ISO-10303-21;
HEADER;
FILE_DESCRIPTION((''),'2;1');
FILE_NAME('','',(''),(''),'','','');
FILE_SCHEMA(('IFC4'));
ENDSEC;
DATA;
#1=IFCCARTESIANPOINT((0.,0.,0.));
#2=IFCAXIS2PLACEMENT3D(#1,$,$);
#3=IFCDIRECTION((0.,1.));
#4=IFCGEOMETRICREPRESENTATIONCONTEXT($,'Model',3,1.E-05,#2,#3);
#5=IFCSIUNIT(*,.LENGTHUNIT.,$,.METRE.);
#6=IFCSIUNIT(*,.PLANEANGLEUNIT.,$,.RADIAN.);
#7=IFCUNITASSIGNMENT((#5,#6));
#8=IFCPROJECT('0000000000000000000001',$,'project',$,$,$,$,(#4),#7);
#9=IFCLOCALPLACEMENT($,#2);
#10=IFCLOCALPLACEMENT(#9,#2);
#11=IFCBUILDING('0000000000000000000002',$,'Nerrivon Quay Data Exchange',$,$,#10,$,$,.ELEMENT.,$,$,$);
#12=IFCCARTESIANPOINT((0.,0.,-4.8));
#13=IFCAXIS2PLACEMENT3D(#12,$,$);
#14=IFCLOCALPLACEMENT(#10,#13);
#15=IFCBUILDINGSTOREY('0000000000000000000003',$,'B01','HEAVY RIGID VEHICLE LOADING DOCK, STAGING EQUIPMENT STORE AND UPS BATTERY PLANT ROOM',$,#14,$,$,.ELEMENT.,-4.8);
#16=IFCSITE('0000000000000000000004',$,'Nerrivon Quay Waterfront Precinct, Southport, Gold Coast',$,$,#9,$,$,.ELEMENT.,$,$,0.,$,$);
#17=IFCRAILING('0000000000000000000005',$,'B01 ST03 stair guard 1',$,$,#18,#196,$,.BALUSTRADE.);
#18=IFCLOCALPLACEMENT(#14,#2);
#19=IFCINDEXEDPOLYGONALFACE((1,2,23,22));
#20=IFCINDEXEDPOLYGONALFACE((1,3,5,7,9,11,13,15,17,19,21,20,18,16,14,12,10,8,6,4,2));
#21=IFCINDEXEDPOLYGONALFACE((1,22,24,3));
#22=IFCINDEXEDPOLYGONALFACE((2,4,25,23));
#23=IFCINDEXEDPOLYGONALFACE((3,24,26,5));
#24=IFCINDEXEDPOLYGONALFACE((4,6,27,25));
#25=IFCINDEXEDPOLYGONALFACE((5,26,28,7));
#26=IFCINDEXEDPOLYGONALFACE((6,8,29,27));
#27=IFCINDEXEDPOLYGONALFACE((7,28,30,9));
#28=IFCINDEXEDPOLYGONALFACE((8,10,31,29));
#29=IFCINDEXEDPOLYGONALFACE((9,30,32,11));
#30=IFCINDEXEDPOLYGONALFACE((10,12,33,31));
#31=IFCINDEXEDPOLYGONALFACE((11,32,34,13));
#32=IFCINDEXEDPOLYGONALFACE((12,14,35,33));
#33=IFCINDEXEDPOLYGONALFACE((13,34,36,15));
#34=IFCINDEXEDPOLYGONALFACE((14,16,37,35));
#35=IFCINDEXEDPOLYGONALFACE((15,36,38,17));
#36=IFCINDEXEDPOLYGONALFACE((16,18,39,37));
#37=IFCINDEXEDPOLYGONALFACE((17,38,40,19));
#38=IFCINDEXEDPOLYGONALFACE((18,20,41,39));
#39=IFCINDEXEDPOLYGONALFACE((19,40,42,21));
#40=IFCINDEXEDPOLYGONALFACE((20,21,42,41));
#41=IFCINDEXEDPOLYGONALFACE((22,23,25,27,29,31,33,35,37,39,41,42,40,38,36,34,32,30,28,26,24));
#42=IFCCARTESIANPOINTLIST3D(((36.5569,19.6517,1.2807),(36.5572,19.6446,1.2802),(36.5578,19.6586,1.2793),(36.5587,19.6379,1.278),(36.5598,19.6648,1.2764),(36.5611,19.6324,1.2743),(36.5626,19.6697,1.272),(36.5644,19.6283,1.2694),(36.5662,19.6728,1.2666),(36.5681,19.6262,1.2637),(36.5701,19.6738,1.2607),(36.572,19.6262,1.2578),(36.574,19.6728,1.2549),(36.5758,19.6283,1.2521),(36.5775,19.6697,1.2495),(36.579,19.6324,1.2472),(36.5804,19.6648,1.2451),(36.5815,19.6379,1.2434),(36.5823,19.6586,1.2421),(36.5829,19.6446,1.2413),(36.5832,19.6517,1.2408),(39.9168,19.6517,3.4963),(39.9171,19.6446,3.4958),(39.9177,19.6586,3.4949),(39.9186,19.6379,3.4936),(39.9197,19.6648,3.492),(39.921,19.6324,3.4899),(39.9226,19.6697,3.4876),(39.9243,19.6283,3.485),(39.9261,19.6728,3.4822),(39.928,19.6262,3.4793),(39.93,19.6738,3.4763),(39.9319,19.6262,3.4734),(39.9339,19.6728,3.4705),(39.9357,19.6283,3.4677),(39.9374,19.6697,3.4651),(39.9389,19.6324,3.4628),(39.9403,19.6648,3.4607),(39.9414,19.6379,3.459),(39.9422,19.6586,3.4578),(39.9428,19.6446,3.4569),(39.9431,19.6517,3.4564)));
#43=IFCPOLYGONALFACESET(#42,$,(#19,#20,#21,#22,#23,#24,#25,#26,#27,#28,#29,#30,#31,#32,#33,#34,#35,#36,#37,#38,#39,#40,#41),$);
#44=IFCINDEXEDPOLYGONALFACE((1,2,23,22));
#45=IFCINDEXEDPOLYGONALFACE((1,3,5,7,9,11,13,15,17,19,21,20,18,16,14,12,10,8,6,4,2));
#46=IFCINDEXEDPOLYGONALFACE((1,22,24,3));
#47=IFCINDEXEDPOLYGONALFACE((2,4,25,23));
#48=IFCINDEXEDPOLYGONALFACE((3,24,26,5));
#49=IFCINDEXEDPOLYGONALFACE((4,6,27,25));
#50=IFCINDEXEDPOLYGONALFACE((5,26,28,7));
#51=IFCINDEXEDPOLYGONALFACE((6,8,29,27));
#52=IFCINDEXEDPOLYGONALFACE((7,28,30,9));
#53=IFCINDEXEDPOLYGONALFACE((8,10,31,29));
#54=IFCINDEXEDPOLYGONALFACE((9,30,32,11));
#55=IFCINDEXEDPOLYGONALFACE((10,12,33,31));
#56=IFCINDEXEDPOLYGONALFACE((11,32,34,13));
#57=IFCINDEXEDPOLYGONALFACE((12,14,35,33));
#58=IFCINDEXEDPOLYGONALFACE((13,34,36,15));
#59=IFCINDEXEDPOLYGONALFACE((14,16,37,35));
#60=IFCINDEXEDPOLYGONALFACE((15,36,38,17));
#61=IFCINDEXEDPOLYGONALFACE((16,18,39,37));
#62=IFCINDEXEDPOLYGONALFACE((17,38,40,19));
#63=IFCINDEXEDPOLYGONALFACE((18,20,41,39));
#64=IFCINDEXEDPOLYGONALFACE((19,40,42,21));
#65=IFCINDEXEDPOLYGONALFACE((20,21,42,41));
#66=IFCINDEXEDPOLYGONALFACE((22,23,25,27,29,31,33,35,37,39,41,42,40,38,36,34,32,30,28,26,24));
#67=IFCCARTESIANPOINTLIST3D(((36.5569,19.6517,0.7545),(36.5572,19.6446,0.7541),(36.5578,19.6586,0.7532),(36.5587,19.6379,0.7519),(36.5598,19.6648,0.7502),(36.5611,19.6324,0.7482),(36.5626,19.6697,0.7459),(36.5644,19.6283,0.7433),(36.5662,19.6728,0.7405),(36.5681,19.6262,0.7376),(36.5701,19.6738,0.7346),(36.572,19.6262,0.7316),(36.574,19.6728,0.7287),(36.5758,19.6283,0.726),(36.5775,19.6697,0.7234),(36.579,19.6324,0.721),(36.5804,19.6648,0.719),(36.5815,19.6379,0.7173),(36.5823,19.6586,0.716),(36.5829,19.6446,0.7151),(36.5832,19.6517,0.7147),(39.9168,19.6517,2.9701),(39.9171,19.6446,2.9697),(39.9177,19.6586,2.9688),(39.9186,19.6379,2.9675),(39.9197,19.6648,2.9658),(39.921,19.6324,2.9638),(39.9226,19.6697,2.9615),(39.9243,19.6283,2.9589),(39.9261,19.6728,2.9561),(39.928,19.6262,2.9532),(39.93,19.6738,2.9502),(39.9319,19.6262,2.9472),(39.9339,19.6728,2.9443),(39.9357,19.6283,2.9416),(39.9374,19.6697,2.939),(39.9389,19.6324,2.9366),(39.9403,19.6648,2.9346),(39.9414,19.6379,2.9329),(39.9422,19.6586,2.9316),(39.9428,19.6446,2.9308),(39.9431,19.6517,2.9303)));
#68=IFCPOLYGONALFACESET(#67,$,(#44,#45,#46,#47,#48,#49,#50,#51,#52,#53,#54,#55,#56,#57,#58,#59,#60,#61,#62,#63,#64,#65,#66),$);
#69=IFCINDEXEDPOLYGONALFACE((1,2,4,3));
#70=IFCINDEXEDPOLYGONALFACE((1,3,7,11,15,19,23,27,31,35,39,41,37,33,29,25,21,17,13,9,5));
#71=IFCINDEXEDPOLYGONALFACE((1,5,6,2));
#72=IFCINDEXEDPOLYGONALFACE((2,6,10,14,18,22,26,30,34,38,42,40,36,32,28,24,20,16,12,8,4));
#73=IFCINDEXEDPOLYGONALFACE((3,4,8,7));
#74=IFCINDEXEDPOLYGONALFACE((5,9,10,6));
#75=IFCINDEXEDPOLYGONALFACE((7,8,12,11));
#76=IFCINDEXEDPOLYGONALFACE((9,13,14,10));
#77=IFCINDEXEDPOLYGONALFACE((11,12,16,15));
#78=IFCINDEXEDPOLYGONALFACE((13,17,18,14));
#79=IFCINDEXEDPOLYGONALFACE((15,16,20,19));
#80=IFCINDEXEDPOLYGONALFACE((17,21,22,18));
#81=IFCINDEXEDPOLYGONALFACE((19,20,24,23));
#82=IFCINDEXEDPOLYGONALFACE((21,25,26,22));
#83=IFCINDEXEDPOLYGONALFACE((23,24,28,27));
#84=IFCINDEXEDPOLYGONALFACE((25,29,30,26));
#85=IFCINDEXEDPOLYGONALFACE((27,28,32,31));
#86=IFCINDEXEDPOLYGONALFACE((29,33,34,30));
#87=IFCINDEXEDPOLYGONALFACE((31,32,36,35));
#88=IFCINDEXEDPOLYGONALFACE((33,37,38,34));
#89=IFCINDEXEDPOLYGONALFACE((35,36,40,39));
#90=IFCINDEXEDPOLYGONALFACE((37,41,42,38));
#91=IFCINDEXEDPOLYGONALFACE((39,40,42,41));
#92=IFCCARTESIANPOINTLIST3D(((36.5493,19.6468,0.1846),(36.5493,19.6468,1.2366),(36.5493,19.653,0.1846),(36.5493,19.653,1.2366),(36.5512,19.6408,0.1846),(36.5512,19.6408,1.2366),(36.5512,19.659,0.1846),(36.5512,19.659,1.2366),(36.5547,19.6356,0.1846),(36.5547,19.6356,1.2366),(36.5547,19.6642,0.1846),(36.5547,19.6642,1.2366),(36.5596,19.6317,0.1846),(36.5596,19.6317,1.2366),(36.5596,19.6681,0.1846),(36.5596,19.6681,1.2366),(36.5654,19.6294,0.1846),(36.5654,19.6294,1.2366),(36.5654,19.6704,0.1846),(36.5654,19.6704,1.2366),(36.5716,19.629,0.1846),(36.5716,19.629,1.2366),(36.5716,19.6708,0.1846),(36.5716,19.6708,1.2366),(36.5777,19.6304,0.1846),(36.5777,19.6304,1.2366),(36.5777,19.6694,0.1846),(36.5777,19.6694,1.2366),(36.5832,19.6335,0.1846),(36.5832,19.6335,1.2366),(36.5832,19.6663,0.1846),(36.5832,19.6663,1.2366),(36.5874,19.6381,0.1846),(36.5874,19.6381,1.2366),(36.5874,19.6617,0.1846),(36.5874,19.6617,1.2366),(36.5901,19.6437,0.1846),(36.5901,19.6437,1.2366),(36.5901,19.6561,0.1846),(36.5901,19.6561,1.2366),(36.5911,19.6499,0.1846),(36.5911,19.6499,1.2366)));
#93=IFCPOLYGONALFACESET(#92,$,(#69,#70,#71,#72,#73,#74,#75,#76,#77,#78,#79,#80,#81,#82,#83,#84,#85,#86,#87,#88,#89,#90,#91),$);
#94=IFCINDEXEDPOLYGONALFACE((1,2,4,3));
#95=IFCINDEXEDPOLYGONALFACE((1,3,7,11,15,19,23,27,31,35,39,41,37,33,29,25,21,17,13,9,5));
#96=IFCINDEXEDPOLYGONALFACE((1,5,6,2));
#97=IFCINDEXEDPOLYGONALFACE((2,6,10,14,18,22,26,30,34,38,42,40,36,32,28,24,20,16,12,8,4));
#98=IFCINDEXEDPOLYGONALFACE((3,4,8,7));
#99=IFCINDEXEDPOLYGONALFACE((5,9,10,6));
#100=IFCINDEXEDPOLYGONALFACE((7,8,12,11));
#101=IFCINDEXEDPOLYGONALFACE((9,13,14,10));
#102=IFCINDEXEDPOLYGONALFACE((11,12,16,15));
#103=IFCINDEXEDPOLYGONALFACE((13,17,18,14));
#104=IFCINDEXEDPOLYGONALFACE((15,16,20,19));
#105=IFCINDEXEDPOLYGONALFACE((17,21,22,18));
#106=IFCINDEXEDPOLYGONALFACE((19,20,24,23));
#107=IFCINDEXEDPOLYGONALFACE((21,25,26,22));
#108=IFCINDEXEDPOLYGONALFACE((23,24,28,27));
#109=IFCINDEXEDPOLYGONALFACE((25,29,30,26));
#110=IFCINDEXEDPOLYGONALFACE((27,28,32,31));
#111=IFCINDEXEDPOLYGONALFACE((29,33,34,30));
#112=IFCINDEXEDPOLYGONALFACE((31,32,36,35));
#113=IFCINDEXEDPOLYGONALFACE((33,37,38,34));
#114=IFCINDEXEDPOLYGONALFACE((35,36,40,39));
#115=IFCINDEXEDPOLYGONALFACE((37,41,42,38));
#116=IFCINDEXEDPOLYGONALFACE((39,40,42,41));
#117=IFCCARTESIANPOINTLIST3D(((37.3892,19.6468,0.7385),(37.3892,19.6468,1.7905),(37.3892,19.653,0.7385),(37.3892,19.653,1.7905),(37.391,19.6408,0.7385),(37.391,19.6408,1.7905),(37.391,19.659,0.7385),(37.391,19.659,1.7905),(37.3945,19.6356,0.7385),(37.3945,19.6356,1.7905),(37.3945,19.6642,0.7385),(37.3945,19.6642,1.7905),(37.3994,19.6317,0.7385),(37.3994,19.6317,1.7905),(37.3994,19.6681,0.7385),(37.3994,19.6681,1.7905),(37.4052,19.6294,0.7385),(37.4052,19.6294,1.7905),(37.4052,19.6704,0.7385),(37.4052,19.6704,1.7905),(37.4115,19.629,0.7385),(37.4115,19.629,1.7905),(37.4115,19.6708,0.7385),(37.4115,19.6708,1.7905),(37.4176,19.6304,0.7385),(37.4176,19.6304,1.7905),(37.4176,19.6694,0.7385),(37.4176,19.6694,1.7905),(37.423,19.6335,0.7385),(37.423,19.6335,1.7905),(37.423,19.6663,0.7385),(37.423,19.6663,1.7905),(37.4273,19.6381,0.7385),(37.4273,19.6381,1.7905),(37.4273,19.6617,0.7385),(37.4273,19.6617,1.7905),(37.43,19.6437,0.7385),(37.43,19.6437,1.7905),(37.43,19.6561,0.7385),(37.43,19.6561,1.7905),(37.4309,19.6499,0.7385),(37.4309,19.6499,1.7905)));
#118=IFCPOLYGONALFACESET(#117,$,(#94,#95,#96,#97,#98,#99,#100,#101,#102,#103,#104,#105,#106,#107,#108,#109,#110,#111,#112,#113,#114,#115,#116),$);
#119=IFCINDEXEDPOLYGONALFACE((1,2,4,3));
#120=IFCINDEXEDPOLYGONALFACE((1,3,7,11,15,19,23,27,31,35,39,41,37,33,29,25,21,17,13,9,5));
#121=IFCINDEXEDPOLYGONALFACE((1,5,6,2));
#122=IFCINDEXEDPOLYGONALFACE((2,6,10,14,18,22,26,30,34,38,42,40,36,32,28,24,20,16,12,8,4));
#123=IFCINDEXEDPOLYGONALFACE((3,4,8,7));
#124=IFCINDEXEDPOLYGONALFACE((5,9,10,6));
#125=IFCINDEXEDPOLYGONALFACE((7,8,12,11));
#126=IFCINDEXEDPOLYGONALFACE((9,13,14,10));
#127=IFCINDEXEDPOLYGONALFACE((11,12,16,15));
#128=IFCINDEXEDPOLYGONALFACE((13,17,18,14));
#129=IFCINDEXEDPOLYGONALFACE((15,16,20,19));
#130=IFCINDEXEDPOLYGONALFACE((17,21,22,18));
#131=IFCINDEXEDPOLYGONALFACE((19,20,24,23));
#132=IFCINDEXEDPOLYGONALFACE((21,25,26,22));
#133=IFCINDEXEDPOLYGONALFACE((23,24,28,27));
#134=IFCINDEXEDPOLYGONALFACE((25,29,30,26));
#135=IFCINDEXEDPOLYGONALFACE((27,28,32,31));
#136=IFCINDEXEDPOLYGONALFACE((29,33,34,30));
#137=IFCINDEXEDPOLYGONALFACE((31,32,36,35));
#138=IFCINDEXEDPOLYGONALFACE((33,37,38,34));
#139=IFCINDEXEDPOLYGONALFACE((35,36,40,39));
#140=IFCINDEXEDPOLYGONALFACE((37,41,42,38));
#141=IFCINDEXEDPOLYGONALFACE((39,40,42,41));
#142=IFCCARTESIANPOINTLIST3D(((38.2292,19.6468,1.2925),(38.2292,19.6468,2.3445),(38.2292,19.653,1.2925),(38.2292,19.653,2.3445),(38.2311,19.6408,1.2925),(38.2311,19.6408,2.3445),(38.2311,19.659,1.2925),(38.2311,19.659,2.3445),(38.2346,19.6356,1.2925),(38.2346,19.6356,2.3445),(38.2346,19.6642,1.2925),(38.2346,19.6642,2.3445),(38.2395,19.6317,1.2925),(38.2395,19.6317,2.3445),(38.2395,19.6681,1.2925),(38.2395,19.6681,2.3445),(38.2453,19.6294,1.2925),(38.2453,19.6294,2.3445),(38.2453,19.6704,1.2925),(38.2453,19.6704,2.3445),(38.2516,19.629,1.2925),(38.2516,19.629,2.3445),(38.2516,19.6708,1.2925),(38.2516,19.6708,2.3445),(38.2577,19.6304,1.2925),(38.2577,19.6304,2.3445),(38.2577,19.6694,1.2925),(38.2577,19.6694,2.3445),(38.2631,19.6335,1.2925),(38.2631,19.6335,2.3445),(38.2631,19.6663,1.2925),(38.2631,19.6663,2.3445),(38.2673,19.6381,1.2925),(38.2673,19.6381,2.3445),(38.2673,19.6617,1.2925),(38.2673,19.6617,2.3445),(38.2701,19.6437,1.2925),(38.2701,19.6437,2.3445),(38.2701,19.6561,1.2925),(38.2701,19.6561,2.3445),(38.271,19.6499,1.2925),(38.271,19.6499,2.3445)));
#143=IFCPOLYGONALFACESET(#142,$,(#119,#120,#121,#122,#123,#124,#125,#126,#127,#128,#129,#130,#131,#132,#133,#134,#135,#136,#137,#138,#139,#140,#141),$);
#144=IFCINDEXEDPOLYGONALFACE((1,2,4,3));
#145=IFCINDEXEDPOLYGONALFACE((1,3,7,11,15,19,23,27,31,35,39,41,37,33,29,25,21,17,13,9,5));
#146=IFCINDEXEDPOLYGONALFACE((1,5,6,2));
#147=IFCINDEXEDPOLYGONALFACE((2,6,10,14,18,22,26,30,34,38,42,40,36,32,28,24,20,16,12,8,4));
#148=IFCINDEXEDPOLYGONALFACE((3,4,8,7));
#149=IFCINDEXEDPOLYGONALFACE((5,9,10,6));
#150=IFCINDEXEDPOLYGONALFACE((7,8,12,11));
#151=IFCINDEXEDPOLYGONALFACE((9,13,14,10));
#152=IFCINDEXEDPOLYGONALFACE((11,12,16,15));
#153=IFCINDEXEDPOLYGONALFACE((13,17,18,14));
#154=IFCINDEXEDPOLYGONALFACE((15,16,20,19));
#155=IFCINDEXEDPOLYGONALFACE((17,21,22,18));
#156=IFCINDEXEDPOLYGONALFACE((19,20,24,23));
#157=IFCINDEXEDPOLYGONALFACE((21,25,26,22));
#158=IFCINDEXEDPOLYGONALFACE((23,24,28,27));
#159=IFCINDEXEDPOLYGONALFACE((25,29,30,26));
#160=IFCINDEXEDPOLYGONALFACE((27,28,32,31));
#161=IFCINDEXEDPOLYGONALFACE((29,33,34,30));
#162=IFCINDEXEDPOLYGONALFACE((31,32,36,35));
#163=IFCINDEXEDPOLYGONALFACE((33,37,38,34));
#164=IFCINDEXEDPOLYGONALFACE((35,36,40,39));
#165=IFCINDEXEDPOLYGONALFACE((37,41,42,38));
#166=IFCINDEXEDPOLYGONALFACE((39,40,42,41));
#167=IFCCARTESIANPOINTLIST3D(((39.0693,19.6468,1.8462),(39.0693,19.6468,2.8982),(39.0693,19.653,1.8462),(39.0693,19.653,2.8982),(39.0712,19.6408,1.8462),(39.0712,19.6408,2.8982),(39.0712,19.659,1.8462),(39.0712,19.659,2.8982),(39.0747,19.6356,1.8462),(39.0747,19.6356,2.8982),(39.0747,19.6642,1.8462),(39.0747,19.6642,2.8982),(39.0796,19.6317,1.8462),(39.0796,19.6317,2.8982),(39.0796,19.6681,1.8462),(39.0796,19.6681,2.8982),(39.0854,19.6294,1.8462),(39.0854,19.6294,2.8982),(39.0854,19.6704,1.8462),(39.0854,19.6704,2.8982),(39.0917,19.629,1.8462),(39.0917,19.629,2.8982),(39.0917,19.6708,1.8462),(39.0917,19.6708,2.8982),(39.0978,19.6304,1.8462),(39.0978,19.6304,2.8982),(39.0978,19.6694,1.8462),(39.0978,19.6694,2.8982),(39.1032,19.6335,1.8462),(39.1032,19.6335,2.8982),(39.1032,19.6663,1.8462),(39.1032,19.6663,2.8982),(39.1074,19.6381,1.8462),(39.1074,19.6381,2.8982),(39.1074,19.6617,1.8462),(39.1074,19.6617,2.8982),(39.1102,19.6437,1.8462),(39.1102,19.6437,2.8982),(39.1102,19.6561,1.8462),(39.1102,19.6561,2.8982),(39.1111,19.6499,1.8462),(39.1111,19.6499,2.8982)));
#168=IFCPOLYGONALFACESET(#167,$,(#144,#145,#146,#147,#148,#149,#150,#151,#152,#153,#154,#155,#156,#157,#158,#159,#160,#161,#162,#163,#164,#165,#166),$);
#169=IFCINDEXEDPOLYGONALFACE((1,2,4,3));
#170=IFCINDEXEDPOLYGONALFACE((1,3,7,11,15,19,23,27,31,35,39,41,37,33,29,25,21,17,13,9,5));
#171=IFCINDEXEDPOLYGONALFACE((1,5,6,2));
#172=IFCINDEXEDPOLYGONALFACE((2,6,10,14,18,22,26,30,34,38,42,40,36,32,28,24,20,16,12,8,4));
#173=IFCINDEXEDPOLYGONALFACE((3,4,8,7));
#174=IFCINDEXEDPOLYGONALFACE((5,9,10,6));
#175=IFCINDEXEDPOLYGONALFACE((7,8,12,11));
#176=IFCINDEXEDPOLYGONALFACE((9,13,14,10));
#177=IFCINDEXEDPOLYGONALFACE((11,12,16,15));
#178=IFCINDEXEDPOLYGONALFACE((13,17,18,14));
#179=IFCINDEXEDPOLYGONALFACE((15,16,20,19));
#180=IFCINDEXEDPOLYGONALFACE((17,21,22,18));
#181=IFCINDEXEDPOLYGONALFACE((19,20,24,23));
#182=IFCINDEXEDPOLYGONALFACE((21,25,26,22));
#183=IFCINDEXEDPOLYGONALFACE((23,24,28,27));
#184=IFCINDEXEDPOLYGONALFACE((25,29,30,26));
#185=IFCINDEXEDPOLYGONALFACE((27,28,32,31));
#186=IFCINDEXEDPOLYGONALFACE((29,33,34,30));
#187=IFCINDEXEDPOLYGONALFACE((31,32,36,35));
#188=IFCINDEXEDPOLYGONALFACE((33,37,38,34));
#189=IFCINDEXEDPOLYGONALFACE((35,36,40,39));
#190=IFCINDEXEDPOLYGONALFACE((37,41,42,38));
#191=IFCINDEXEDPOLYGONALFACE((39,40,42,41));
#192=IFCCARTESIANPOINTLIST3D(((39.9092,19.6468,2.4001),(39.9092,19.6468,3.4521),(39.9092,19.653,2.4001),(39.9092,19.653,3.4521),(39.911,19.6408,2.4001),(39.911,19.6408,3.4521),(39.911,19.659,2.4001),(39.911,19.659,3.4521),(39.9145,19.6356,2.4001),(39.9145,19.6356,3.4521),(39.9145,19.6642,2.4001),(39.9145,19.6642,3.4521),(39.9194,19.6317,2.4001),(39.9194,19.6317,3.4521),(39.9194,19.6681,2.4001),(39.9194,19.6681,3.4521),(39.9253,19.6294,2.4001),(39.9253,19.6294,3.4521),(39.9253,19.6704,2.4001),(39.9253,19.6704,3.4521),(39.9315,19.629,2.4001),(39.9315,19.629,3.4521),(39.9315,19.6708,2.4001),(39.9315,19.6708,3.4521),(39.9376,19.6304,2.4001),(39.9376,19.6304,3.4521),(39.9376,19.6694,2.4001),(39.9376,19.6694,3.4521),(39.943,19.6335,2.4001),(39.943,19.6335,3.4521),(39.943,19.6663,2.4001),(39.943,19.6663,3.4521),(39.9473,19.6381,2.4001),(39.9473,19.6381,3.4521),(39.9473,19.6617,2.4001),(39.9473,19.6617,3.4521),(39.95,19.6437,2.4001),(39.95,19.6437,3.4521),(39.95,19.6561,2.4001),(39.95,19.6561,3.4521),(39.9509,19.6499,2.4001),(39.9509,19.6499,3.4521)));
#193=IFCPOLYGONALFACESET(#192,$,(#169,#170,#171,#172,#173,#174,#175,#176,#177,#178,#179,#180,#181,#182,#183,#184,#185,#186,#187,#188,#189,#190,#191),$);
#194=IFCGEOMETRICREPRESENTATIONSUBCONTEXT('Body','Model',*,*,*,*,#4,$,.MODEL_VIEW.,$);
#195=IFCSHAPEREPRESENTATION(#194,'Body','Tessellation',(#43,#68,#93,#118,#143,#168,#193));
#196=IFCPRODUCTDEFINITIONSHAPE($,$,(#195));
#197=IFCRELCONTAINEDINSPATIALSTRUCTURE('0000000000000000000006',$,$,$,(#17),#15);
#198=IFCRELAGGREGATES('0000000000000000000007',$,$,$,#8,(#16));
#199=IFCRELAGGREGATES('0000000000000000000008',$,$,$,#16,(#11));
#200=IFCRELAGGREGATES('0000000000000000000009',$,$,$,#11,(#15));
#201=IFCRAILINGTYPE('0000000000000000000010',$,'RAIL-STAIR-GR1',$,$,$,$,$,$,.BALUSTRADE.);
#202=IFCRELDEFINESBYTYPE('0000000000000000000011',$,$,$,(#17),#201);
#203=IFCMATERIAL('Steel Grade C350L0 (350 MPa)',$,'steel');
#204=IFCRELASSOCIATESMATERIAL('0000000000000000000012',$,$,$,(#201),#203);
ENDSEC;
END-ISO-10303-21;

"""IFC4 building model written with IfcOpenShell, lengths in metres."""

from ifc_helpers import new_model, si_unit, direction, frame, origin, origin_2d, place, context, subcontext, project, spatial, circle, extrude, material, type_object, element, save


model = new_model("IFC4")

# Units and contexts
model_context = context("Model", 3, precision=1e-05, world=origin(), true_north=direction((0.0, 1.0)))
body_context = subcontext(model_context, "Body", "Model", "MODEL_VIEW")
ifc_project = project(units=[si_unit("LENGTHUNIT", "METRE"), si_unit("PLANEANGLEUNIT", "RADIAN")], contexts=[model_context])

# Site, building, storey
site_placement = place(None, origin())
site = spatial("IfcSite", under=ifc_project, at=site_placement, Name="Nerrivon Quay Waterfront Precinct, Southport, Gold Coast", CompositionType="ELEMENT", RefElevation=0.0)
building_placement = place(site_placement, origin())
building = spatial("IfcBuilding", under=site, at=building_placement, Name="Nerrivon Quay Data Exchange", CompositionType="ELEMENT")
storey_placement = place(building_placement, frame((0.0, 0.0, -4.8)))
storey = spatial("IfcBuildingStorey", under=building, at=storey_placement, Name="B01", Description="HEAVY RIGID VEHICLE LOADING DOCK, STAGING EQUIPMENT STORE AND UPS BATTERY PLANT ROOM", CompositionType="ELEMENT", Elevation=-4.8)

# Railing
ifc_material_1 = material(Name="Steel Grade C350L0 (350 MPa)", Category="steel")
railing_type_1 = type_object("IfcRailingType", Name="RAIL-STAIR-GR1", PredefinedType="BALUSTRADE", material=ifc_material_1)
railing_1_placement = place(storey_placement, frame((36.5701, 19.6499, 0.1846)))
element("IfcRailing", 1, at=railing_1_placement, inside=storey, type_object=railing_type_1, Name="B01 ST03 stair guard 1", PredefinedType="BALUSTRADE", context=body_context, shape_type="SweptSolid", body=[
    extrude(circle(Radius=0.0239, at=origin_2d()), frame((0.0, 0.0, 1.0762), z_axis=(0.83483, 0.0, 0.550508), x_axis=(0.0, 1.0, 0.0)), (0.0, 0.0, 1.0), 4.0247),
    extrude(circle(Radius=0.0239, at=origin_2d()), frame((0.0, 0.0, 0.55), z_axis=(0.83483, 0.0, 0.550508), x_axis=(0.0, 1.0, 0.0)), (0.0, 0.0, 1.0), 4.0247),
    extrude(circle(Radius=0.021, at=origin_2d()), origin(), (0.0, 0.0, 1.0), 1.052),
    extrude(circle(Radius=0.021, at=origin_2d()), frame((0.8398, 0.0, 0.554)), (0.0, 0.0, 1.0), 1.052),
    extrude(circle(Radius=0.021, at=origin_2d()), frame((1.6799, 0.0, 1.1079)), (0.0, 0.0, 1.0), 1.052),
    extrude(circle(Radius=0.021, at=origin_2d()), frame((2.52, 0.0, 1.6616)), (0.0, 0.0, 1.0), 1.052),
    extrude(circle(Radius=0.021, at=origin_2d()), frame((3.3599, 0.0, 2.2156)), (0.0, 0.0, 1.0), 1.052),
])

save(model, "model.ifc")
